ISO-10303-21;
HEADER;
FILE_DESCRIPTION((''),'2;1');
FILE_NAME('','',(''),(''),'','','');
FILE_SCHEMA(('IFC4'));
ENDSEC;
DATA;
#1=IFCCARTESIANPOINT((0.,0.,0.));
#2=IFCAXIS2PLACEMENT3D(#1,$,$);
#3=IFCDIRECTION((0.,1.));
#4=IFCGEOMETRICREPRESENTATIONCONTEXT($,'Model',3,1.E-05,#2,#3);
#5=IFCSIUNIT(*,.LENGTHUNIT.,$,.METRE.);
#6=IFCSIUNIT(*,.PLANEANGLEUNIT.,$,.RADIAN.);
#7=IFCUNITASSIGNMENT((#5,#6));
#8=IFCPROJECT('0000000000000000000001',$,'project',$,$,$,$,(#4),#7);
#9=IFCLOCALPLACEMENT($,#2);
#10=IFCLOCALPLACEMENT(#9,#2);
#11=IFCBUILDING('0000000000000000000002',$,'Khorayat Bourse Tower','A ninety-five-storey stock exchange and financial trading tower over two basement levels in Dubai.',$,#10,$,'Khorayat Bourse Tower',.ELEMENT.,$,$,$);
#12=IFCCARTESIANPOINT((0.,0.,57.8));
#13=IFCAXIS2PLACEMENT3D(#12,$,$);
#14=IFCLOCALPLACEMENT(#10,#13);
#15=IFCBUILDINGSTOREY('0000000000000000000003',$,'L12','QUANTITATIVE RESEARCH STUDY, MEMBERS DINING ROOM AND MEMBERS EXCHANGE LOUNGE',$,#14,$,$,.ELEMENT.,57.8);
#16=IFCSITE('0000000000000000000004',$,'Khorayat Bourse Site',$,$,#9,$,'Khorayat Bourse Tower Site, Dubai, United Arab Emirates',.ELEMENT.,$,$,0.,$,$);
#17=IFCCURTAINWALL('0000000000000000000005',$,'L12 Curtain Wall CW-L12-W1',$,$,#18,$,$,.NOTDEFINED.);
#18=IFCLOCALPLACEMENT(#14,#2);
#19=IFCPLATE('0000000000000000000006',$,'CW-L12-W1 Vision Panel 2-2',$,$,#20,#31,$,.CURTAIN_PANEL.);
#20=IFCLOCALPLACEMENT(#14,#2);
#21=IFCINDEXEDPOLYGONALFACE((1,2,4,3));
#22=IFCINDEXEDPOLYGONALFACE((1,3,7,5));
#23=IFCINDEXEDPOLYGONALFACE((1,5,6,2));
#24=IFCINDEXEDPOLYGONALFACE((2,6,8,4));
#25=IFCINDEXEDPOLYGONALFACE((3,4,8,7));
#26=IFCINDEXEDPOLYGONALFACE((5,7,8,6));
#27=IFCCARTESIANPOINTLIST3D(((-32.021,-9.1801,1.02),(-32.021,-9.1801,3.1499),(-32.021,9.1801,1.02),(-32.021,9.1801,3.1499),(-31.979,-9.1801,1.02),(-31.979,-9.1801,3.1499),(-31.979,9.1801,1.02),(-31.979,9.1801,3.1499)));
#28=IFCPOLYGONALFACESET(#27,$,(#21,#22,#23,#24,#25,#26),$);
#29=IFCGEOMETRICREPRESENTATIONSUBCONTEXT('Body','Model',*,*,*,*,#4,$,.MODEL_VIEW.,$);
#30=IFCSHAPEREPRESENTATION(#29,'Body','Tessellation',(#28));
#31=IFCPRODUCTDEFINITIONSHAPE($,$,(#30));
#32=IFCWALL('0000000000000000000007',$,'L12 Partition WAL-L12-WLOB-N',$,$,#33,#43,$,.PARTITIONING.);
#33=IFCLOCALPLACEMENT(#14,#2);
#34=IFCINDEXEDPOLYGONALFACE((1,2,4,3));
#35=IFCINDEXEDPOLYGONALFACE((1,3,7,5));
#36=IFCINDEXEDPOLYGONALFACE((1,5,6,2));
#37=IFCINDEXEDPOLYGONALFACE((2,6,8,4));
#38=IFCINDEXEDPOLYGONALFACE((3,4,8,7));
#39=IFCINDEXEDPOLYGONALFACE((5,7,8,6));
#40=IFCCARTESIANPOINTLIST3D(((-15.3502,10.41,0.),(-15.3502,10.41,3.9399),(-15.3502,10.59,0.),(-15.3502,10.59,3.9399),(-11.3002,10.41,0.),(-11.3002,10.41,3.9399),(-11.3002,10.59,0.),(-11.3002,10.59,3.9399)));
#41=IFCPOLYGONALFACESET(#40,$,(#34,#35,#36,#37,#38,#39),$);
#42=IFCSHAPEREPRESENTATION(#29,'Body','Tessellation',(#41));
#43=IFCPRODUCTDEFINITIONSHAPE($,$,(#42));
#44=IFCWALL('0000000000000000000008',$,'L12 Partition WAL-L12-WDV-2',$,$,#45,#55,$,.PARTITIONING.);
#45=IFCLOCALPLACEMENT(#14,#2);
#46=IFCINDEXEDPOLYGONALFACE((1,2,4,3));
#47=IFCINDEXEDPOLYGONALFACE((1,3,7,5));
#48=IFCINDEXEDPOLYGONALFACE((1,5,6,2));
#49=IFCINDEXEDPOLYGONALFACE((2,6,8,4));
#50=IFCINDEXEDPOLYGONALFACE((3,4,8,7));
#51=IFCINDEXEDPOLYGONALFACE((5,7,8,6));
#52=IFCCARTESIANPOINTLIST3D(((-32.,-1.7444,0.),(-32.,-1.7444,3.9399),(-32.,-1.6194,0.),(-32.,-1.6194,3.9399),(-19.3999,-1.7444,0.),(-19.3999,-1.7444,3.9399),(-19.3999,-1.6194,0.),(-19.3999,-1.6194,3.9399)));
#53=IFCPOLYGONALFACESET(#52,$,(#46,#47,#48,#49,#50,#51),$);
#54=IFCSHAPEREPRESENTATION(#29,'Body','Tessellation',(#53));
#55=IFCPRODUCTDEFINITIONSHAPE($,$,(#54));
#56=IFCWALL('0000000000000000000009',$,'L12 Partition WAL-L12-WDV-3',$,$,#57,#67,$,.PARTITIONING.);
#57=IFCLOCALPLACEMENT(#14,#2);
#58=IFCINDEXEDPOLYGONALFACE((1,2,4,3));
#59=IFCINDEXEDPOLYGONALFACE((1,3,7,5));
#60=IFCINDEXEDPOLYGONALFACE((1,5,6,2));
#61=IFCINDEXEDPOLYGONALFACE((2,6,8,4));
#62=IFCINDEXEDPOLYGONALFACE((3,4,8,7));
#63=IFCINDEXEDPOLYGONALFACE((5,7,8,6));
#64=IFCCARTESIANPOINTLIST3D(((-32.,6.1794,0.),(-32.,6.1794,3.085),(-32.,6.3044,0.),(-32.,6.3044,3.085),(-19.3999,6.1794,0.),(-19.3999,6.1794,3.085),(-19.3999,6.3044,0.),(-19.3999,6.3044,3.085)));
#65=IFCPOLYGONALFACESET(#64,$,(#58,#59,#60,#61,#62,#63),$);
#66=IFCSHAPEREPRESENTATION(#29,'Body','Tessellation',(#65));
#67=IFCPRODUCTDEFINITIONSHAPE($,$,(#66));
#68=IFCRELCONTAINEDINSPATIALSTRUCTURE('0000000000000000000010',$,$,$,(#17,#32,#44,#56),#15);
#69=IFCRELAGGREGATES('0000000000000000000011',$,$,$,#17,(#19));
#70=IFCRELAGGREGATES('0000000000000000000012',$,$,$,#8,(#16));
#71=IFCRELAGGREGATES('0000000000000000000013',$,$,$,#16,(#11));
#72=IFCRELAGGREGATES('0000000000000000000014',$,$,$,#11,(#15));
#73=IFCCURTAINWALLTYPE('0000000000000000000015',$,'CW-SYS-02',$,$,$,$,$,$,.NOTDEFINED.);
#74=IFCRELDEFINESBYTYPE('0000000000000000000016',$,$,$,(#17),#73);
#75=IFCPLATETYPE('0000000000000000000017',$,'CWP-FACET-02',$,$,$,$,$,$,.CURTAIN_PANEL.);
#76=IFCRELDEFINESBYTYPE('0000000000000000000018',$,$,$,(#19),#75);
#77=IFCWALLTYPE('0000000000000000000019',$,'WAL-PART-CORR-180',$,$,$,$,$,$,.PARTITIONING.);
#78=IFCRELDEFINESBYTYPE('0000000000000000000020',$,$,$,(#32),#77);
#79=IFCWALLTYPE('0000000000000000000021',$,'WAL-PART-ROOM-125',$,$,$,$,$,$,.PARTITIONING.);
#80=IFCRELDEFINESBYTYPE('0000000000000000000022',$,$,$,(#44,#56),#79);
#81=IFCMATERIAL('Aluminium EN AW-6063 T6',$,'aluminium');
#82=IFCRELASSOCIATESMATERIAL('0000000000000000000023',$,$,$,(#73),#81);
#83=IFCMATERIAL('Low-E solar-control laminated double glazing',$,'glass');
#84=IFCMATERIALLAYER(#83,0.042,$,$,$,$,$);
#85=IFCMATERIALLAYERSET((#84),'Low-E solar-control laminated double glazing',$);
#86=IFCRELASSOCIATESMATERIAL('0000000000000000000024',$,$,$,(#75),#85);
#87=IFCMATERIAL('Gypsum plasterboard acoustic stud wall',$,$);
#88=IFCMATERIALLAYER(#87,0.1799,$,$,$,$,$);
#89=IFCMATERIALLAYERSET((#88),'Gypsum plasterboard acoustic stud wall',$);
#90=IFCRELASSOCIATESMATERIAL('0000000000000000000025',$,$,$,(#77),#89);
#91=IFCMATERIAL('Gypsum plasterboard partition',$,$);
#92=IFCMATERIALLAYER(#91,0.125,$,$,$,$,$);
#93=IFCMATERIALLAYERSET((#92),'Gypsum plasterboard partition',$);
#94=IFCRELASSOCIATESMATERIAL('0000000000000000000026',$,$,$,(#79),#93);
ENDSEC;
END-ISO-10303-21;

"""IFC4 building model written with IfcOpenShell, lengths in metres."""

from ifc_helpers import new_model, si_unit, direction, frame, frame_2d, origin, origin_2d, place, context, subcontext, project, spatial, rectangle, extrude, source, transform, mapped, material, layer, layer_set, type_object, element, aggregate, save


model = new_model("IFC4")

# Units and contexts
model_context = context("Model", 3, precision=1e-05, world=origin(), true_north=direction((0.0, 1.0)))
body_context = subcontext(model_context, "Body", "Model", "MODEL_VIEW")
ifc_project = project(units=[si_unit("LENGTHUNIT", "METRE"), si_unit("PLANEANGLEUNIT", "RADIAN")], contexts=[model_context])

# Site, building, storey
site_placement = place(None, origin())
site = spatial("IfcSite", under=ifc_project, at=site_placement, Name="Khorayat Bourse Site", LongName="Khorayat Bourse Tower Site, Dubai, United Arab Emirates", CompositionType="ELEMENT", RefElevation=0.0)
building_placement = place(site_placement, origin())
building = spatial("IfcBuilding", under=site, at=building_placement, Name="Khorayat Bourse Tower", Description="A ninety-five-storey stock exchange and financial trading tower over two basement levels in Dubai.", LongName="Khorayat Bourse Tower", CompositionType="ELEMENT")
storey_placement = place(building_placement, frame((0.0, 0.0, 57.8)))
storey = spatial("IfcBuildingStorey", under=building, at=storey_placement, Name="L12", Description="QUANTITATIVE RESEARCH STUDY, MEMBERS DINING ROOM AND MEMBERS EXCHANGE LOUNGE", CompositionType="ELEMENT", Elevation=57.8)

# Curtain wall
ifc_material_1 = material(Name="Aluminium EN AW-6063 T6", Category="aluminium")
curtain_wall_type = type_object("IfcCurtainWallType", Name="CW-SYS-02", PredefinedType="NOTDEFINED", material=ifc_material_1)
curtain_wall_placement = place(storey_placement, origin())
curtain_wall = element("IfcCurtainWall", 1, at=curtain_wall_placement, inside=storey, type_object=curtain_wall_type, Name="L12 Curtain Wall CW-L12-W1", PredefinedType="NOTDEFINED")

# Plate
ifc_material_2 = material(Name="Low-E solar-control laminated double glazing", Category="glass")
ifc_layer_1 = layer(ifc_material_2, 0.042)
ifc_layer_set_1 = layer_set([ifc_layer_1], Name="Low-E solar-control laminated double glazing")
plate_type_1 = type_object("IfcPlateType", Name="CWP-FACET-02", PredefinedType="CURTAIN_PANEL", material=ifc_layer_set_1)
shared_shape_1 = source(origin(), body_context, "Body", "SweptSolid", [
    extrude(rectangle(XDim=18.3601, YDim=0.042, at=origin_2d()), origin(), (0.0, 0.0, 1.0), 2.1299),
])
plate_1_placement = place(storey_placement, frame((-32.0, 0.0, 1.02), z_axis=(0.0, 0.0, 1.0), x_axis=(0.0, 1.0, 0.0)))
plate_1 = element("IfcPlate", 2, at=plate_1_placement, type_object=plate_type_1, Name="CW-L12-W1 Vision Panel 2-2", PredefinedType="CURTAIN_PANEL", context=body_context, shape_type="MappedRepresentation", body=[
    mapped(shared_shape_1, transform((0.0, 0.0, 0.0), scale=1.0)),
])
aggregate(curtain_wall, [plate_1])

# Walls
ifc_material_3 = material(Name="Gypsum plasterboard acoustic stud wall")
ifc_layer_2 = layer(ifc_material_3, 0.1799)
ifc_layer_set_2 = layer_set([ifc_layer_2], Name="Gypsum plasterboard acoustic stud wall")
wall_type_1 = type_object("IfcWallType", Name="WAL-PART-CORR-180", PredefinedType="PARTITIONING", material=ifc_layer_set_2)
shared_shape_2 = source(origin(), body_context, "Body", "SweptSolid", [
    extrude(rectangle(XDim=4.05, YDim=0.1799, at=frame_2d((2.0249, 0.0))), origin(), (0.0, 0.0, 1.0), 3.9399),
])
wall_1_placement = place(storey_placement, frame((-15.3501, 10.5, 0.0), z_axis=(0.0, 0.0, 1.0), x_axis=(1.0, 0.0, 0.0)))
element("IfcWall", 3, at=wall_1_placement, inside=storey, type_object=wall_type_1, Name="L12 Partition WAL-L12-WLOB-N", PredefinedType="PARTITIONING", context=body_context, shape_type="MappedRepresentation", body=[
    mapped(shared_shape_2, transform((0.0, 0.0, 0.0), scale=1.0)),
])
ifc_material_4 = material(Name="Gypsum plasterboard partition")
ifc_layer_3 = layer(ifc_material_4, 0.125)
ifc_layer_set_3 = layer_set([ifc_layer_3], Name="Gypsum plasterboard partition")
wall_type_2 = type_object("IfcWallType", Name="WAL-PART-ROOM-125", PredefinedType="PARTITIONING", material=ifc_layer_set_3)
shared_shape_3 = source(origin(), body_context, "Body", "SweptSolid", [
    extrude(rectangle(XDim=12.6001, YDim=0.125, at=frame_2d((6.3, 0.0))), origin(), (0.0, 0.0, 1.0), 3.9399),
])
wall_2_placement = place(storey_placement, frame((-32.0, -1.6819, 0.0), z_axis=(0.0, 0.0, 1.0), x_axis=(1.0, 0.0, 0.0)))
element("IfcWall", 4, at=wall_2_placement, inside=storey, type_object=wall_type_2, Name="L12 Partition WAL-L12-WDV-2", PredefinedType="PARTITIONING", context=body_context, shape_type="MappedRepresentation", body=[
    mapped(shared_shape_3, transform((0.0, 0.0, 0.0), scale=1.0)),
])
shared_shape_4 = source(origin(), body_context, "Body", "SweptSolid", [
    extrude(rectangle(XDim=12.6001, YDim=0.125, at=frame_2d((6.3, 0.0))), origin(), (0.0, 0.0, 1.0), 3.085),
])
wall_3_placement = place(storey_placement, frame((-32.0, 6.2419, 0.0), z_axis=(0.0, 0.0, 1.0), x_axis=(1.0, 0.0, 0.0)))
element("IfcWall", 5, at=wall_3_placement, inside=storey, type_object=wall_type_2, Name="L12 Partition WAL-L12-WDV-3", PredefinedType="PARTITIONING", context=body_context, shape_type="MappedRepresentation", body=[
    mapped(shared_shape_4, transform((0.0, 0.0, 0.0), scale=1.0)),
])

save(model, "model.ifc")
